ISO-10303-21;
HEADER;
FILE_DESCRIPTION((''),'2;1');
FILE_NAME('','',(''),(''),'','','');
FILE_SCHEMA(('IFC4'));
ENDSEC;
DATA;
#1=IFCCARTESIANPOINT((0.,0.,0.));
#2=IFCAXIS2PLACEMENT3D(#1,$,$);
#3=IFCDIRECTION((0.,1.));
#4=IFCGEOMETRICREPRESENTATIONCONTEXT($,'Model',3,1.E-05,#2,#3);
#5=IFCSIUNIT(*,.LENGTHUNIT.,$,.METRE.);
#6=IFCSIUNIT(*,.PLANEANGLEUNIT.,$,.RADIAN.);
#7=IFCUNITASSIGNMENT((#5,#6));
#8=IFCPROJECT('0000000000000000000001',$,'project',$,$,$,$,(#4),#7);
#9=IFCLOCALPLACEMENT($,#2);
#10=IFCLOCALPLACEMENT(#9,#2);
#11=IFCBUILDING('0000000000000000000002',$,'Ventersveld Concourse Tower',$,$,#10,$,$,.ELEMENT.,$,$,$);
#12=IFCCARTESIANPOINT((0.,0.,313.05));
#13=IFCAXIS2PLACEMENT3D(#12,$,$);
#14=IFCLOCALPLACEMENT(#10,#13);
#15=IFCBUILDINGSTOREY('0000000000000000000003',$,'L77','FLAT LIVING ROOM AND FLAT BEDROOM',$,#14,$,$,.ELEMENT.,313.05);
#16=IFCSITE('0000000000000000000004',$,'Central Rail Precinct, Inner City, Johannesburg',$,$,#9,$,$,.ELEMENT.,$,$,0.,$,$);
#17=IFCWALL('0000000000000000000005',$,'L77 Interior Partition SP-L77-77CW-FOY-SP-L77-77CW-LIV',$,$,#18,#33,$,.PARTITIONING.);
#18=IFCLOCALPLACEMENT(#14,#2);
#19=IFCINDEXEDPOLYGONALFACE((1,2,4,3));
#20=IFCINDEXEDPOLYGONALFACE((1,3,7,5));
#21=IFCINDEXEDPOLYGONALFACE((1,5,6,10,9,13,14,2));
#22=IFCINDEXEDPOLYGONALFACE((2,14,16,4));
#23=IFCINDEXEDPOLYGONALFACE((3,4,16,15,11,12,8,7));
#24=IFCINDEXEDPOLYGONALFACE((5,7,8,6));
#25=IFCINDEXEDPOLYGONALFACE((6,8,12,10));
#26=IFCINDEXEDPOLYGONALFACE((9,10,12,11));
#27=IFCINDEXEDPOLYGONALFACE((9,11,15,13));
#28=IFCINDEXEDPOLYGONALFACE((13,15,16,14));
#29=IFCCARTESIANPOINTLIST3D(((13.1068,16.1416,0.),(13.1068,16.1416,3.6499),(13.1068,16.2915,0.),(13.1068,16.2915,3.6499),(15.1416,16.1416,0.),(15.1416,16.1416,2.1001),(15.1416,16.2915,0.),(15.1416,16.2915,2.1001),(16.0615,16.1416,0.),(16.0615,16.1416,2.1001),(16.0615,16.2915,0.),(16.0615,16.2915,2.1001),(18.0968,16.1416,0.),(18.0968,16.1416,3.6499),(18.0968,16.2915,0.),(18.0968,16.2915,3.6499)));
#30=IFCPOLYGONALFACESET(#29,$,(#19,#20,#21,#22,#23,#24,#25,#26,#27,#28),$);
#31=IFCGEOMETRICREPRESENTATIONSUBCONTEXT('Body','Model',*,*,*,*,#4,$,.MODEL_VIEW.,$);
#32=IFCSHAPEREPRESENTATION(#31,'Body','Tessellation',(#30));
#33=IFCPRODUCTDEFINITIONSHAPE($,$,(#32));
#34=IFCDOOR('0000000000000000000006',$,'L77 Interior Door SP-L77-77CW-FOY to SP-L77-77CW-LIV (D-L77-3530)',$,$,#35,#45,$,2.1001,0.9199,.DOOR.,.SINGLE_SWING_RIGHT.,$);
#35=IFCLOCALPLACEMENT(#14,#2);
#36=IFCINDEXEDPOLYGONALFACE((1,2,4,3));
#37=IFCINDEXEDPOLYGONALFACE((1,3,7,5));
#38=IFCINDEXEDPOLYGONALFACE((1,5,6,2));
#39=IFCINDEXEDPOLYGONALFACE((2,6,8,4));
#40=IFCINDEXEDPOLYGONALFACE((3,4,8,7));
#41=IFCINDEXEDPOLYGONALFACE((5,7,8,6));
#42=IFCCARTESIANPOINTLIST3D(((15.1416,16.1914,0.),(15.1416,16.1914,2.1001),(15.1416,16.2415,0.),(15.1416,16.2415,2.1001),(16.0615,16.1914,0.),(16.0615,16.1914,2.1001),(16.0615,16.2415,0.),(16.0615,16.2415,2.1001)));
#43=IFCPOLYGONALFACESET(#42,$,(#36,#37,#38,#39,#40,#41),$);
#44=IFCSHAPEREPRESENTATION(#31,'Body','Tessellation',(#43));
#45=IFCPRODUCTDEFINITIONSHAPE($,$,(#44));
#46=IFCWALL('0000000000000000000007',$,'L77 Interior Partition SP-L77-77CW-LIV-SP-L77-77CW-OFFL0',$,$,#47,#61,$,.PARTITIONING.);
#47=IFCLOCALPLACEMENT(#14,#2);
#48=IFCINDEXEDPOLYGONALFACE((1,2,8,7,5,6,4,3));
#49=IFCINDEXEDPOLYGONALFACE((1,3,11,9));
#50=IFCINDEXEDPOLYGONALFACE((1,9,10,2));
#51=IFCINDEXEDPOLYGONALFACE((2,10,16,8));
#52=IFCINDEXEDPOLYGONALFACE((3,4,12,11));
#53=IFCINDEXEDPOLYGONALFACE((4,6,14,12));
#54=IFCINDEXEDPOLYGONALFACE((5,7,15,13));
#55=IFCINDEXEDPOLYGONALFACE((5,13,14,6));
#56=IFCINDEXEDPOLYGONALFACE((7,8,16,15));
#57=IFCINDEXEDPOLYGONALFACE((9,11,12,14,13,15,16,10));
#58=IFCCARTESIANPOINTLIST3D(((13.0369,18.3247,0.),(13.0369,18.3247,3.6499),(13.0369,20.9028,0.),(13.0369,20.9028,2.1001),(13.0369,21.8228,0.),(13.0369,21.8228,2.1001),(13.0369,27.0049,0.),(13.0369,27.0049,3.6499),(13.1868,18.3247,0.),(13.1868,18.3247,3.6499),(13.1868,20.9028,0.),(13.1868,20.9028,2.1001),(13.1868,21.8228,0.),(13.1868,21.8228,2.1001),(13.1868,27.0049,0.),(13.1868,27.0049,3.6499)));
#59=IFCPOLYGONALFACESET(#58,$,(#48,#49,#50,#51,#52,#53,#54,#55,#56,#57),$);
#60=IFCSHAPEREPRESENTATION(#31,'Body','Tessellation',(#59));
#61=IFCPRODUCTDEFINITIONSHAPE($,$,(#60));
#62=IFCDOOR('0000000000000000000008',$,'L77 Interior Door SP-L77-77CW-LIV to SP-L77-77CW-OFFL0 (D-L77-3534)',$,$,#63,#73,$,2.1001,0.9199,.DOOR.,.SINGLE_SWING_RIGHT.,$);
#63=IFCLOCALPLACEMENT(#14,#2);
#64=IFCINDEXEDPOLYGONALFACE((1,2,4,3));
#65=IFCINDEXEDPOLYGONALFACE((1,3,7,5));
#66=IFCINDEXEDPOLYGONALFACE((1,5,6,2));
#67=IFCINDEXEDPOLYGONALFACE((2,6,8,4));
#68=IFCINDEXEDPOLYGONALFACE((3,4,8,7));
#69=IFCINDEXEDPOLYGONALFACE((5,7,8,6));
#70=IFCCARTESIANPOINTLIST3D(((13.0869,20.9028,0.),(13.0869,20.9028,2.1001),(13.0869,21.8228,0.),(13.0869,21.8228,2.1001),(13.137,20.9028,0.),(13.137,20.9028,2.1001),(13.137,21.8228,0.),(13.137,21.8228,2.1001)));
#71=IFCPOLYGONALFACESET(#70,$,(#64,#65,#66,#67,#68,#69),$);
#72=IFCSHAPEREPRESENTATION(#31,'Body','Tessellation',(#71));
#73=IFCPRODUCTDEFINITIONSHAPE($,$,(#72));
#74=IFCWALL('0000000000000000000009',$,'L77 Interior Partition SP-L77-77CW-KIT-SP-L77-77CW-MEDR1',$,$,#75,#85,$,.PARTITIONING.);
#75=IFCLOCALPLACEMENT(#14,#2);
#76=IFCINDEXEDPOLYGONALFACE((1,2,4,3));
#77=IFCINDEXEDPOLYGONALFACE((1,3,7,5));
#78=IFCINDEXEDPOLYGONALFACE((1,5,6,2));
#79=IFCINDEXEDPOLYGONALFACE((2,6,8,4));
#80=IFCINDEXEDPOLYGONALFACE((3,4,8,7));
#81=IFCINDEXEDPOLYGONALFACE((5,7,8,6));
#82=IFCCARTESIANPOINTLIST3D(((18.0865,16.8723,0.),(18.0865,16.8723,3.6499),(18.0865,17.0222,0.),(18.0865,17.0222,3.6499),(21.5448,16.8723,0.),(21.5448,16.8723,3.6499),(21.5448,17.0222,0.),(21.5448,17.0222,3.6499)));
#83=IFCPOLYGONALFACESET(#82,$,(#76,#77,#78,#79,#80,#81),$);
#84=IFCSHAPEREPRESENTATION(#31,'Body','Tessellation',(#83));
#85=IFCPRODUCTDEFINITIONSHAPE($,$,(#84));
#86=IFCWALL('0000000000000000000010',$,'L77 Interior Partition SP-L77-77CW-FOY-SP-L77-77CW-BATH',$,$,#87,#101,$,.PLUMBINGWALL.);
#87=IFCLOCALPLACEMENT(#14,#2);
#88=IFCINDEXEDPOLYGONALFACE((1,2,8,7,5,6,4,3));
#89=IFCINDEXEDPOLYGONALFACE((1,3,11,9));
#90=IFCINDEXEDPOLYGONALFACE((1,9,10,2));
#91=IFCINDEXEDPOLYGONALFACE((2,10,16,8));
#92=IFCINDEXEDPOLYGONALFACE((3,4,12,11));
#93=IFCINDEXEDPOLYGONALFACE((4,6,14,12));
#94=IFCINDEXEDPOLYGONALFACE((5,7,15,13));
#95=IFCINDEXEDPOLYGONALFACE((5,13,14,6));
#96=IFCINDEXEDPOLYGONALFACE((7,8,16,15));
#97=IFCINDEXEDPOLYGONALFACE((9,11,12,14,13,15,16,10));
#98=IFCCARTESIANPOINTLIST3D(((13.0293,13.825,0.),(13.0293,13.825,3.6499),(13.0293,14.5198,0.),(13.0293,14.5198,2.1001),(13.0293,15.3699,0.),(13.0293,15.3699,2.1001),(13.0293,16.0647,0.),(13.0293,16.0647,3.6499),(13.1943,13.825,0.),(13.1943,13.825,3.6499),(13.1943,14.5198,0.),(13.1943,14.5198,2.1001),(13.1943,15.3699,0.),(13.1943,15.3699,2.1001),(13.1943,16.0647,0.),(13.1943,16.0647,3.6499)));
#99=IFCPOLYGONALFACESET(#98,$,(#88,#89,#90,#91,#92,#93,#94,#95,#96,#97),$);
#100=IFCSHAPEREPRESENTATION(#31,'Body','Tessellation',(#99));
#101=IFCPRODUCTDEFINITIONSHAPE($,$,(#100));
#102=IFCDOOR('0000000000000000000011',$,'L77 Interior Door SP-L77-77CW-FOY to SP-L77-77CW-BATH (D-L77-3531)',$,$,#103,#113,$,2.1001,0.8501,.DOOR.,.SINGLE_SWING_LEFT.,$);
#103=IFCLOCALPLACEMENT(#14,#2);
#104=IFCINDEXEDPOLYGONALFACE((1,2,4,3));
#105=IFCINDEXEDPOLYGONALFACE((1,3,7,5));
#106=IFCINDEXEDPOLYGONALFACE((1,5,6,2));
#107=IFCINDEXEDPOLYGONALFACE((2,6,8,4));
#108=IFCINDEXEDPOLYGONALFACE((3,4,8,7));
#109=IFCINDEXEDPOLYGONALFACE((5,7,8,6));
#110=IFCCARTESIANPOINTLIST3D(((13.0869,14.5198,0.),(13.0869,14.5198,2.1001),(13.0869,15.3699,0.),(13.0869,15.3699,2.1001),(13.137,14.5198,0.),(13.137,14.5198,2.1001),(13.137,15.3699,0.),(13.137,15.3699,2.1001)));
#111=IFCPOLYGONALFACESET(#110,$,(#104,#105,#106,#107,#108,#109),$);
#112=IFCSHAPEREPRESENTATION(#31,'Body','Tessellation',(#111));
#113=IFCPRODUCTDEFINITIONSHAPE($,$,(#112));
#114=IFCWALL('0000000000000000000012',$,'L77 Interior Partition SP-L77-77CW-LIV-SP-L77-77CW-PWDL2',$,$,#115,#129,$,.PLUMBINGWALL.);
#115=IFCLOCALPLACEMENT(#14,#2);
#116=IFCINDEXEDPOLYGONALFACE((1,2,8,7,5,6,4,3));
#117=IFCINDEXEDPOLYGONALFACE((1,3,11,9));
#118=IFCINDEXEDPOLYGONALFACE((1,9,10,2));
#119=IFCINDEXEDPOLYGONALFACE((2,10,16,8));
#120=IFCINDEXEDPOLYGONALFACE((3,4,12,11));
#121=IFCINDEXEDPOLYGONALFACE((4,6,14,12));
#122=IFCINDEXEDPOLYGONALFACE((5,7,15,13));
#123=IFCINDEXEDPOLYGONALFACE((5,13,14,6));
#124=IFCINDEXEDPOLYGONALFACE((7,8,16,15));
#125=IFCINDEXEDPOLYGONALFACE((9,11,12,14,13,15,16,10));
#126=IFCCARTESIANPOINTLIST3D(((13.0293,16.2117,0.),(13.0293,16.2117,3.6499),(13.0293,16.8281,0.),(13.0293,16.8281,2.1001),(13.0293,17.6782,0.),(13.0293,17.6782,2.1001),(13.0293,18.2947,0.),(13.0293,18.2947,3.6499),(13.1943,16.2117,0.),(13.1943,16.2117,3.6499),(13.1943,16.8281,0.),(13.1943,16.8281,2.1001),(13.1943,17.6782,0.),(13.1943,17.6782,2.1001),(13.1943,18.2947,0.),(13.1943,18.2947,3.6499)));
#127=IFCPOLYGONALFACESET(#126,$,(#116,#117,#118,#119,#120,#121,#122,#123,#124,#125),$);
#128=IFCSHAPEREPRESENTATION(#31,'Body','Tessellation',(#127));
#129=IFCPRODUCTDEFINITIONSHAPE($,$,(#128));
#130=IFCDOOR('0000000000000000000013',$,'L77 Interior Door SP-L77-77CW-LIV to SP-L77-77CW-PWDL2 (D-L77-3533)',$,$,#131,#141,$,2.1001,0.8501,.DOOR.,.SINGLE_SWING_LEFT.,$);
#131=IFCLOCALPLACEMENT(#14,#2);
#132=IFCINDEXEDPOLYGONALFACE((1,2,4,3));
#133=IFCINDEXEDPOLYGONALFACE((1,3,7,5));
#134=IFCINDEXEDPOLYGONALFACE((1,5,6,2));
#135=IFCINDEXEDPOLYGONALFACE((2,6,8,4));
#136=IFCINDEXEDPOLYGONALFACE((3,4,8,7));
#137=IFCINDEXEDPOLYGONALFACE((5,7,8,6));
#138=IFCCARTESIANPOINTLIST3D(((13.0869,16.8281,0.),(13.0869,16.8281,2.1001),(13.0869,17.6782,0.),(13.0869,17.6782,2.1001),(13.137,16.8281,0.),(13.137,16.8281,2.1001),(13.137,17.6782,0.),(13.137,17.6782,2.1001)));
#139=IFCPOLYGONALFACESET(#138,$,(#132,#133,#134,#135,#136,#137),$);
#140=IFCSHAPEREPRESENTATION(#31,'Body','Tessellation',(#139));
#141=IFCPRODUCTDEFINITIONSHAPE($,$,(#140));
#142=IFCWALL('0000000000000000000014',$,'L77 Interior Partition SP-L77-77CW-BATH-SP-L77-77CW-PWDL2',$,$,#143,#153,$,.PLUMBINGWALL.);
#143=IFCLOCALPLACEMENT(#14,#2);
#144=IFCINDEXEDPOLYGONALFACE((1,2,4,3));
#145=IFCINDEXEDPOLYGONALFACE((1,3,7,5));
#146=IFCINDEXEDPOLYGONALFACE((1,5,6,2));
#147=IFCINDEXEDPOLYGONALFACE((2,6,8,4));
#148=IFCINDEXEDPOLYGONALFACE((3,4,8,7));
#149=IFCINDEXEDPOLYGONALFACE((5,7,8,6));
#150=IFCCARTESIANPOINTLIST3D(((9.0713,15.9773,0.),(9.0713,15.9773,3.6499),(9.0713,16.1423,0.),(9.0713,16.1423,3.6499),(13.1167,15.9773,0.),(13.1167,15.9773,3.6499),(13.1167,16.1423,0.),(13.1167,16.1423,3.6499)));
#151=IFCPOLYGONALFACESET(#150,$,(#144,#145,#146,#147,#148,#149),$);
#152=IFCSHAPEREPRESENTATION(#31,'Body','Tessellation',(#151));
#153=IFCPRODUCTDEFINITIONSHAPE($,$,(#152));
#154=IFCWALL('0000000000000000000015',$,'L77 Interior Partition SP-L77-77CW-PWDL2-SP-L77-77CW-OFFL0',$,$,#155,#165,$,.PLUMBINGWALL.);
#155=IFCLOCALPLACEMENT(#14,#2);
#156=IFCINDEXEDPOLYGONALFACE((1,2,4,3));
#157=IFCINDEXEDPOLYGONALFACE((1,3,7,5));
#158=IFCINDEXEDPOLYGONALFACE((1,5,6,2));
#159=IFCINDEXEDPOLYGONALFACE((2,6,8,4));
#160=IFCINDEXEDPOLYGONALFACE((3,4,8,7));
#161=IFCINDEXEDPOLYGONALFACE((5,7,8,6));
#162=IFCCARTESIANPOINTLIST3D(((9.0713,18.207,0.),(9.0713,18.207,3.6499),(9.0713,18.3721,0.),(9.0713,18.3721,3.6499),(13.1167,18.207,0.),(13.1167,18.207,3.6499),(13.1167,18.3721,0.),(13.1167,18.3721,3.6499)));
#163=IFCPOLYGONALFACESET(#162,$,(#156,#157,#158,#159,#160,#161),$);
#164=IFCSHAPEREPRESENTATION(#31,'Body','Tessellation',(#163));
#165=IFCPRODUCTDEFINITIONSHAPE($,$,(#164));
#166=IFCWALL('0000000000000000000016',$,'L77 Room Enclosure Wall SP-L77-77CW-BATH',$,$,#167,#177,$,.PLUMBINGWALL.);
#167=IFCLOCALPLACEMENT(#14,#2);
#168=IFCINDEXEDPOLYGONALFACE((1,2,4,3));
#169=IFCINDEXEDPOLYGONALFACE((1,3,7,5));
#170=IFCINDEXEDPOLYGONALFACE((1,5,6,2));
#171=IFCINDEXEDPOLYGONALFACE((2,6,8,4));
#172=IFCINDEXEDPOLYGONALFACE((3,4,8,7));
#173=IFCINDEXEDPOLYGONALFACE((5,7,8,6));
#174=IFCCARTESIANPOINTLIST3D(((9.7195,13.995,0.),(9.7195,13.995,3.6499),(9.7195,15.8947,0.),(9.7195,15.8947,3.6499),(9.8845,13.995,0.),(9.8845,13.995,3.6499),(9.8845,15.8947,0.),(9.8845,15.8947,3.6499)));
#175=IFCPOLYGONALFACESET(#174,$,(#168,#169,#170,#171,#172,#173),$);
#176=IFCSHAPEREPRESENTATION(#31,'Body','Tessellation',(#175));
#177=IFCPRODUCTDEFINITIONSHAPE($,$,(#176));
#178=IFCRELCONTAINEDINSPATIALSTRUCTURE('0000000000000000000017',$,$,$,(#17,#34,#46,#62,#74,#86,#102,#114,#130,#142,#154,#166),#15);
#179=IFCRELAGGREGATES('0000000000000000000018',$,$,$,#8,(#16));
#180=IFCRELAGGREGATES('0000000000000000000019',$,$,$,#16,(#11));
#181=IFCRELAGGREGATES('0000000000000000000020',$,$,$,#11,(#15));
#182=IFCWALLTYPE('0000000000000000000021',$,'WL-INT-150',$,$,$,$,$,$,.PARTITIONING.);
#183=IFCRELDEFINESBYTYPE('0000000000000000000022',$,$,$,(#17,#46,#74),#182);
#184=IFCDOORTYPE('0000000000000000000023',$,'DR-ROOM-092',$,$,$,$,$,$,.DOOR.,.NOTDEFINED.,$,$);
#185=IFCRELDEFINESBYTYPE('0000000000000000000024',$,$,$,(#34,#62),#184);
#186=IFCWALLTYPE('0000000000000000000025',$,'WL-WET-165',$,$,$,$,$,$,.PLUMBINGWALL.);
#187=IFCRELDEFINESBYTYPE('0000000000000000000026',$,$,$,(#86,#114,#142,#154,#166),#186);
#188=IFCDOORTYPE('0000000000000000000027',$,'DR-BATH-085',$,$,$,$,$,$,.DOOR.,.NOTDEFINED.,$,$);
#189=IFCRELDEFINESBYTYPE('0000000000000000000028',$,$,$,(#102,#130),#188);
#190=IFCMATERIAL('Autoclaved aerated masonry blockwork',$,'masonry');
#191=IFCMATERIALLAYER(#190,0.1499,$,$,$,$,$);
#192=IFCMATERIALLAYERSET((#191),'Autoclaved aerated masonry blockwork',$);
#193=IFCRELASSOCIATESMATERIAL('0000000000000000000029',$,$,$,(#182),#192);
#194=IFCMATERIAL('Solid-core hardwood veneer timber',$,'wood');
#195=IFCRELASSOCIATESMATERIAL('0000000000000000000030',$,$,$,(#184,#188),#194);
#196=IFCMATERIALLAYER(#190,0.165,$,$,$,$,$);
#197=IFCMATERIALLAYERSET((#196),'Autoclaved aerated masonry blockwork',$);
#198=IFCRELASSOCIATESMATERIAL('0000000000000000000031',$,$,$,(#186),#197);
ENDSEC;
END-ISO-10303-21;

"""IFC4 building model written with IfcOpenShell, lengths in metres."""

from ifc_helpers import new_model, si_unit, direction, frame, frame_2d, origin, place, context, subcontext, project, spatial, rectangle, extrude, material, layer, layer_set, type_object, element, fill, save


model = new_model("IFC4")

# Units and contexts
model_context = context("Model", 3, precision=1e-05, world=origin(), true_north=direction((0.0, 1.0)))
body_context = subcontext(model_context, "Body", "Model", "MODEL_VIEW")
ifc_project = project(units=[si_unit("LENGTHUNIT", "METRE"), si_unit("PLANEANGLEUNIT", "RADIAN")], contexts=[model_context])

# Site, building, storey
site_placement = place(None, origin())
site = spatial("IfcSite", under=ifc_project, at=site_placement, Name="Central Rail Precinct, Inner City, Johannesburg", CompositionType="ELEMENT", RefElevation=0.0)
building_placement = place(site_placement, origin())
building = spatial("IfcBuilding", under=site, at=building_placement, Name="Ventersveld Concourse Tower", CompositionType="ELEMENT")
storey_placement = place(building_placement, frame((0.0, 0.0, 313.05)))
storey = spatial("IfcBuildingStorey", under=building, at=storey_placement, Name="L77", Description="FLAT LIVING ROOM AND FLAT BEDROOM", CompositionType="ELEMENT", Elevation=313.05)

# Shared definitions
ifc_material_1 = material(Name="Solid-core hardwood veneer timber", Category="wood")

# Walls, openings, doors
ifc_material_2 = material(Name="Autoclaved aerated masonry blockwork", Category="masonry")
ifc_layer_1 = layer(ifc_material_2, 0.1499)
ifc_layer_set_1 = layer_set([ifc_layer_1], Name="Autoclaved aerated masonry blockwork")
wall_type_1 = type_object("IfcWallType", Name="WL-INT-150", PredefinedType="PARTITIONING", material=ifc_layer_set_1)
wall_1_placement = place(storey_placement, frame((13.1067, 16.2166, 0.0), z_axis=(0.0, 0.0, 1.0), x_axis=(1.0, 0.0, 0.0)))
wall_1 = element("IfcWall", 1, at=wall_1_placement, inside=storey, type_object=wall_type_1, Name="L77 Interior Partition SP-L77-77CW-FOY-SP-L77-77CW-LIV", PredefinedType="PARTITIONING", context=body_context, shape_type="SweptSolid", body=[
    extrude(rectangle(XDim=4.99, YDim=0.1499, at=frame_2d((2.4951, 0.0))), origin(), (0.0, 0.0, 1.0), 3.6499),
])
opening_1_placement = place(wall_1_placement, frame((2.0349, 0.0, 0.0)))
opening_1 = element("IfcOpeningElement", 2, at=opening_1_placement, cuts=wall_1, PredefinedType="OPENING", context=body_context, shape_type="SweptSolid", body=[
    extrude(rectangle(XDim=0.9199, YDim=2.1001, at=frame_2d((0.46, 1.05))), frame((0.0, 0.085, 0.0), z_axis=(0.0, -1.0, 0.0), x_axis=(1.0, 0.0, 0.0)), (0.0, 0.0, 1.0), 0.1699),
])
door_type_1 = type_object("IfcDoorType", Name="DR-ROOM-092", OperationType="NOTDEFINED", PredefinedType="DOOR", material=ifc_material_1)
door_1_placement = place(opening_1_placement, origin())
door_1 = element("IfcDoor", 3, at=door_1_placement, inside=storey, type_object=door_type_1, Name="L77 Interior Door SP-L77-77CW-FOY to SP-L77-77CW-LIV (D-L77-3530)", OperationType="SINGLE_SWING_RIGHT", OverallHeight=2.1001, OverallWidth=0.9199, PredefinedType="DOOR", context=body_context, shape_type="SweptSolid", body=[
    extrude(rectangle(XDim=0.9199, YDim=2.1001, at=frame_2d((0.46, 1.05))), frame((0.0, 0.0249, 0.0), z_axis=(0.0, -1.0, 0.0), x_axis=(1.0, 0.0, 0.0)), (0.0, 0.0, 1.0), 0.05),
])
fill(opening_1, door_1)
wall_2_placement = place(storey_placement, frame((13.1118, 18.3247, 0.0), z_axis=(0.0, 0.0, 1.0), x_axis=(0.0, 1.0, 0.0)))
wall_2 = element("IfcWall", 4, at=wall_2_placement, inside=storey, type_object=wall_type_1, Name="L77 Interior Partition SP-L77-77CW-LIV-SP-L77-77CW-OFFL0", PredefinedType="PARTITIONING", context=body_context, shape_type="SweptSolid", body=[
    extrude(rectangle(XDim=8.6802, YDim=0.1499, at=frame_2d((4.3401, 0.0))), origin(), (0.0, 0.0, 1.0), 3.6499),
])
opening_2_placement = place(wall_2_placement, frame((2.5781, 0.0, 0.0)))
opening_2 = element("IfcOpeningElement", 5, at=opening_2_placement, cuts=wall_2, PredefinedType="OPENING", context=body_context, shape_type="SweptSolid", body=[
    extrude(rectangle(XDim=0.9199, YDim=2.1001, at=frame_2d((0.46, 1.05))), frame((0.0, 0.085, 0.0), z_axis=(0.0, -1.0, 0.0), x_axis=(1.0, 0.0, 0.0)), (0.0, 0.0, 1.0), 0.1699),
])
door_2_placement = place(opening_2_placement, origin())
door_2 = element("IfcDoor", 6, at=door_2_placement, inside=storey, type_object=door_type_1, Name="L77 Interior Door SP-L77-77CW-LIV to SP-L77-77CW-OFFL0 (D-L77-3534)", OperationType="SINGLE_SWING_RIGHT", OverallHeight=2.1001, OverallWidth=0.9199, PredefinedType="DOOR", context=body_context, shape_type="SweptSolid", body=[
    extrude(rectangle(XDim=0.9199, YDim=2.1001, at=frame_2d((0.46, 1.05))), frame((0.0, 0.0249, 0.0), z_axis=(0.0, -1.0, 0.0), x_axis=(1.0, 0.0, 0.0)), (0.0, 0.0, 1.0), 0.05),
])
fill(opening_2, door_2)

# Wall
wall_3_placement = place(storey_placement, frame((18.0867, 16.9473, 0.0), z_axis=(0.0, 0.0, 1.0), x_axis=(1.0, 0.0, 0.0)))
element("IfcWall", 7, at=wall_3_placement, inside=storey, type_object=wall_type_1, Name="L77 Interior Partition SP-L77-77CW-KIT-SP-L77-77CW-MEDR1", PredefinedType="PARTITIONING", context=body_context, shape_type="SweptSolid", body=[
    extrude(rectangle(XDim=3.4583, YDim=0.1499, at=frame_2d((1.729, 0.0))), origin(), (0.0, 0.0, 1.0), 3.6499),
])

# Walls, openings, doors
ifc_layer_2 = layer(ifc_material_2, 0.165)
ifc_layer_set_2 = layer_set([ifc_layer_2], Name="Autoclaved aerated masonry blockwork")
wall_type_2 = type_object("IfcWallType", Name="WL-WET-165", PredefinedType="PLUMBINGWALL", material=ifc_layer_set_2)
wall_4_placement = place(storey_placement, frame((13.1118, 13.825, 0.0), z_axis=(0.0, 0.0, 1.0), x_axis=(0.0, 1.0, 0.0)))
wall_4 = element("IfcWall", 8, at=wall_4_placement, inside=storey, type_object=wall_type_2, Name="L77 Interior Partition SP-L77-77CW-FOY-SP-L77-77CW-BATH", PredefinedType="PLUMBINGWALL", context=body_context, shape_type="SweptSolid", body=[
    extrude(rectangle(XDim=2.2397, YDim=0.165, at=frame_2d((1.1199, 0.0))), origin(), (0.0, 0.0, 1.0), 3.6499),
])
opening_3_placement = place(wall_4_placement, frame((0.6948, 0.0, 0.0)))
opening_3 = element("IfcOpeningElement", 9, at=opening_3_placement, cuts=wall_4, PredefinedType="OPENING", context=body_context, shape_type="SweptSolid", body=[
    extrude(rectangle(XDim=0.8501, YDim=2.1001, at=frame_2d((0.425, 1.05))), frame((0.0, 0.0925, 0.0), z_axis=(0.0, -1.0, 0.0), x_axis=(1.0, 0.0, 0.0)), (0.0, 0.0, 1.0), 0.1851),
])
door_type_2 = type_object("IfcDoorType", Name="DR-BATH-085", OperationType="NOTDEFINED", PredefinedType="DOOR", material=ifc_material_1)
door_3_placement = place(opening_3_placement, origin())
door_3 = element("IfcDoor", 10, at=door_3_placement, inside=storey, type_object=door_type_2, Name="L77 Interior Door SP-L77-77CW-FOY to SP-L77-77CW-BATH (D-L77-3531)", OperationType="SINGLE_SWING_LEFT", OverallHeight=2.1001, OverallWidth=0.8501, PredefinedType="DOOR", context=body_context, shape_type="SweptSolid", body=[
    extrude(rectangle(XDim=0.8501, YDim=2.1001, at=frame_2d((0.425, 1.05))), frame((0.0, 0.0249, 0.0), z_axis=(0.0, -1.0, 0.0), x_axis=(1.0, 0.0, 0.0)), (0.0, 0.0, 1.0), 0.05),
])
fill(opening_3, door_3)
wall_5_placement = place(storey_placement, frame((13.1118, 16.2117, 0.0), z_axis=(0.0, 0.0, 1.0), x_axis=(0.0, 1.0, 0.0)))
wall_5 = element("IfcWall", 11, at=wall_5_placement, inside=storey, type_object=wall_type_2, Name="L77 Interior Partition SP-L77-77CW-LIV-SP-L77-77CW-PWDL2", PredefinedType="PLUMBINGWALL", context=body_context, shape_type="SweptSolid", body=[
    extrude(rectangle(XDim=2.083, YDim=0.165, at=frame_2d((1.0415, 0.0))), origin(), (0.0, 0.0, 1.0), 3.6499),
])
opening_4_placement = place(wall_5_placement, frame((0.6165, 0.0, 0.0)))
opening_4 = element("IfcOpeningElement", 12, at=opening_4_placement, cuts=wall_5, PredefinedType="OPENING", context=body_context, shape_type="SweptSolid", body=[
    extrude(rectangle(XDim=0.8501, YDim=2.1001, at=frame_2d((0.425, 1.05))), frame((0.0, 0.0925, 0.0), z_axis=(0.0, -1.0, 0.0), x_axis=(1.0, 0.0, 0.0)), (0.0, 0.0, 1.0), 0.1851),
])
door_4_placement = place(opening_4_placement, origin())
door_4 = element("IfcDoor", 13, at=door_4_placement, inside=storey, type_object=door_type_2, Name="L77 Interior Door SP-L77-77CW-LIV to SP-L77-77CW-PWDL2 (D-L77-3533)", OperationType="SINGLE_SWING_LEFT", OverallHeight=2.1001, OverallWidth=0.8501, PredefinedType="DOOR", context=body_context, shape_type="SweptSolid", body=[
    extrude(rectangle(XDim=0.8501, YDim=2.1001, at=frame_2d((0.425, 1.05))), frame((0.0, 0.0249, 0.0), z_axis=(0.0, -1.0, 0.0), x_axis=(1.0, 0.0, 0.0)), (0.0, 0.0, 1.0), 0.05),
])
fill(opening_4, door_4)

# Walls
for number, where, z_axis, x_axis, name in (
    (14, (9.0713, 16.0598, 0.0), (0.0, 0.0, 1.0), (1.0, 0.0, 0.0), "L77 Interior Partition SP-L77-77CW-BATH-SP-L77-77CW-PWDL2"),
    (15, (9.0713, 18.2896, 0.0), (0.0, 0.0, 1.0), (1.0, 0.0, 0.0), "L77 Interior Partition SP-L77-77CW-PWDL2-SP-L77-77CW-OFFL0"),
):
    element("IfcWall", number, at=place(storey_placement, frame(where, z_axis=z_axis, x_axis=x_axis)), inside=storey, type_object=wall_type_2, Name=name, PredefinedType="PLUMBINGWALL", context=body_context, shape_type="SweptSolid", body=[
        extrude(rectangle(XDim=4.0454, YDim=0.165, at=frame_2d((2.0227, 0.0))), origin(), (0.0, 0.0, 1.0), 3.6499),
    ])
for number, where, z_axis, x_axis, name in (
    (16, (9.802, 13.9951, 0.0), (0.0, 0.0, 1.0), (0.0, 1.0, 0.0), "L77 Room Enclosure Wall SP-L77-77CW-BATH"),
):
    element("IfcWall", number, at=place(storey_placement, frame(where, z_axis=z_axis, x_axis=x_axis)), inside=storey, type_object=wall_type_2, Name=name, PredefinedType="PLUMBINGWALL", context=body_context, shape_type="SweptSolid", body=[
        extrude(rectangle(XDim=1.8997, YDim=0.165, at=frame_2d((0.9497, 0.0))), origin(), (0.0, 0.0, 1.0), 3.6499),
    ])

save(model, "model.ifc")
